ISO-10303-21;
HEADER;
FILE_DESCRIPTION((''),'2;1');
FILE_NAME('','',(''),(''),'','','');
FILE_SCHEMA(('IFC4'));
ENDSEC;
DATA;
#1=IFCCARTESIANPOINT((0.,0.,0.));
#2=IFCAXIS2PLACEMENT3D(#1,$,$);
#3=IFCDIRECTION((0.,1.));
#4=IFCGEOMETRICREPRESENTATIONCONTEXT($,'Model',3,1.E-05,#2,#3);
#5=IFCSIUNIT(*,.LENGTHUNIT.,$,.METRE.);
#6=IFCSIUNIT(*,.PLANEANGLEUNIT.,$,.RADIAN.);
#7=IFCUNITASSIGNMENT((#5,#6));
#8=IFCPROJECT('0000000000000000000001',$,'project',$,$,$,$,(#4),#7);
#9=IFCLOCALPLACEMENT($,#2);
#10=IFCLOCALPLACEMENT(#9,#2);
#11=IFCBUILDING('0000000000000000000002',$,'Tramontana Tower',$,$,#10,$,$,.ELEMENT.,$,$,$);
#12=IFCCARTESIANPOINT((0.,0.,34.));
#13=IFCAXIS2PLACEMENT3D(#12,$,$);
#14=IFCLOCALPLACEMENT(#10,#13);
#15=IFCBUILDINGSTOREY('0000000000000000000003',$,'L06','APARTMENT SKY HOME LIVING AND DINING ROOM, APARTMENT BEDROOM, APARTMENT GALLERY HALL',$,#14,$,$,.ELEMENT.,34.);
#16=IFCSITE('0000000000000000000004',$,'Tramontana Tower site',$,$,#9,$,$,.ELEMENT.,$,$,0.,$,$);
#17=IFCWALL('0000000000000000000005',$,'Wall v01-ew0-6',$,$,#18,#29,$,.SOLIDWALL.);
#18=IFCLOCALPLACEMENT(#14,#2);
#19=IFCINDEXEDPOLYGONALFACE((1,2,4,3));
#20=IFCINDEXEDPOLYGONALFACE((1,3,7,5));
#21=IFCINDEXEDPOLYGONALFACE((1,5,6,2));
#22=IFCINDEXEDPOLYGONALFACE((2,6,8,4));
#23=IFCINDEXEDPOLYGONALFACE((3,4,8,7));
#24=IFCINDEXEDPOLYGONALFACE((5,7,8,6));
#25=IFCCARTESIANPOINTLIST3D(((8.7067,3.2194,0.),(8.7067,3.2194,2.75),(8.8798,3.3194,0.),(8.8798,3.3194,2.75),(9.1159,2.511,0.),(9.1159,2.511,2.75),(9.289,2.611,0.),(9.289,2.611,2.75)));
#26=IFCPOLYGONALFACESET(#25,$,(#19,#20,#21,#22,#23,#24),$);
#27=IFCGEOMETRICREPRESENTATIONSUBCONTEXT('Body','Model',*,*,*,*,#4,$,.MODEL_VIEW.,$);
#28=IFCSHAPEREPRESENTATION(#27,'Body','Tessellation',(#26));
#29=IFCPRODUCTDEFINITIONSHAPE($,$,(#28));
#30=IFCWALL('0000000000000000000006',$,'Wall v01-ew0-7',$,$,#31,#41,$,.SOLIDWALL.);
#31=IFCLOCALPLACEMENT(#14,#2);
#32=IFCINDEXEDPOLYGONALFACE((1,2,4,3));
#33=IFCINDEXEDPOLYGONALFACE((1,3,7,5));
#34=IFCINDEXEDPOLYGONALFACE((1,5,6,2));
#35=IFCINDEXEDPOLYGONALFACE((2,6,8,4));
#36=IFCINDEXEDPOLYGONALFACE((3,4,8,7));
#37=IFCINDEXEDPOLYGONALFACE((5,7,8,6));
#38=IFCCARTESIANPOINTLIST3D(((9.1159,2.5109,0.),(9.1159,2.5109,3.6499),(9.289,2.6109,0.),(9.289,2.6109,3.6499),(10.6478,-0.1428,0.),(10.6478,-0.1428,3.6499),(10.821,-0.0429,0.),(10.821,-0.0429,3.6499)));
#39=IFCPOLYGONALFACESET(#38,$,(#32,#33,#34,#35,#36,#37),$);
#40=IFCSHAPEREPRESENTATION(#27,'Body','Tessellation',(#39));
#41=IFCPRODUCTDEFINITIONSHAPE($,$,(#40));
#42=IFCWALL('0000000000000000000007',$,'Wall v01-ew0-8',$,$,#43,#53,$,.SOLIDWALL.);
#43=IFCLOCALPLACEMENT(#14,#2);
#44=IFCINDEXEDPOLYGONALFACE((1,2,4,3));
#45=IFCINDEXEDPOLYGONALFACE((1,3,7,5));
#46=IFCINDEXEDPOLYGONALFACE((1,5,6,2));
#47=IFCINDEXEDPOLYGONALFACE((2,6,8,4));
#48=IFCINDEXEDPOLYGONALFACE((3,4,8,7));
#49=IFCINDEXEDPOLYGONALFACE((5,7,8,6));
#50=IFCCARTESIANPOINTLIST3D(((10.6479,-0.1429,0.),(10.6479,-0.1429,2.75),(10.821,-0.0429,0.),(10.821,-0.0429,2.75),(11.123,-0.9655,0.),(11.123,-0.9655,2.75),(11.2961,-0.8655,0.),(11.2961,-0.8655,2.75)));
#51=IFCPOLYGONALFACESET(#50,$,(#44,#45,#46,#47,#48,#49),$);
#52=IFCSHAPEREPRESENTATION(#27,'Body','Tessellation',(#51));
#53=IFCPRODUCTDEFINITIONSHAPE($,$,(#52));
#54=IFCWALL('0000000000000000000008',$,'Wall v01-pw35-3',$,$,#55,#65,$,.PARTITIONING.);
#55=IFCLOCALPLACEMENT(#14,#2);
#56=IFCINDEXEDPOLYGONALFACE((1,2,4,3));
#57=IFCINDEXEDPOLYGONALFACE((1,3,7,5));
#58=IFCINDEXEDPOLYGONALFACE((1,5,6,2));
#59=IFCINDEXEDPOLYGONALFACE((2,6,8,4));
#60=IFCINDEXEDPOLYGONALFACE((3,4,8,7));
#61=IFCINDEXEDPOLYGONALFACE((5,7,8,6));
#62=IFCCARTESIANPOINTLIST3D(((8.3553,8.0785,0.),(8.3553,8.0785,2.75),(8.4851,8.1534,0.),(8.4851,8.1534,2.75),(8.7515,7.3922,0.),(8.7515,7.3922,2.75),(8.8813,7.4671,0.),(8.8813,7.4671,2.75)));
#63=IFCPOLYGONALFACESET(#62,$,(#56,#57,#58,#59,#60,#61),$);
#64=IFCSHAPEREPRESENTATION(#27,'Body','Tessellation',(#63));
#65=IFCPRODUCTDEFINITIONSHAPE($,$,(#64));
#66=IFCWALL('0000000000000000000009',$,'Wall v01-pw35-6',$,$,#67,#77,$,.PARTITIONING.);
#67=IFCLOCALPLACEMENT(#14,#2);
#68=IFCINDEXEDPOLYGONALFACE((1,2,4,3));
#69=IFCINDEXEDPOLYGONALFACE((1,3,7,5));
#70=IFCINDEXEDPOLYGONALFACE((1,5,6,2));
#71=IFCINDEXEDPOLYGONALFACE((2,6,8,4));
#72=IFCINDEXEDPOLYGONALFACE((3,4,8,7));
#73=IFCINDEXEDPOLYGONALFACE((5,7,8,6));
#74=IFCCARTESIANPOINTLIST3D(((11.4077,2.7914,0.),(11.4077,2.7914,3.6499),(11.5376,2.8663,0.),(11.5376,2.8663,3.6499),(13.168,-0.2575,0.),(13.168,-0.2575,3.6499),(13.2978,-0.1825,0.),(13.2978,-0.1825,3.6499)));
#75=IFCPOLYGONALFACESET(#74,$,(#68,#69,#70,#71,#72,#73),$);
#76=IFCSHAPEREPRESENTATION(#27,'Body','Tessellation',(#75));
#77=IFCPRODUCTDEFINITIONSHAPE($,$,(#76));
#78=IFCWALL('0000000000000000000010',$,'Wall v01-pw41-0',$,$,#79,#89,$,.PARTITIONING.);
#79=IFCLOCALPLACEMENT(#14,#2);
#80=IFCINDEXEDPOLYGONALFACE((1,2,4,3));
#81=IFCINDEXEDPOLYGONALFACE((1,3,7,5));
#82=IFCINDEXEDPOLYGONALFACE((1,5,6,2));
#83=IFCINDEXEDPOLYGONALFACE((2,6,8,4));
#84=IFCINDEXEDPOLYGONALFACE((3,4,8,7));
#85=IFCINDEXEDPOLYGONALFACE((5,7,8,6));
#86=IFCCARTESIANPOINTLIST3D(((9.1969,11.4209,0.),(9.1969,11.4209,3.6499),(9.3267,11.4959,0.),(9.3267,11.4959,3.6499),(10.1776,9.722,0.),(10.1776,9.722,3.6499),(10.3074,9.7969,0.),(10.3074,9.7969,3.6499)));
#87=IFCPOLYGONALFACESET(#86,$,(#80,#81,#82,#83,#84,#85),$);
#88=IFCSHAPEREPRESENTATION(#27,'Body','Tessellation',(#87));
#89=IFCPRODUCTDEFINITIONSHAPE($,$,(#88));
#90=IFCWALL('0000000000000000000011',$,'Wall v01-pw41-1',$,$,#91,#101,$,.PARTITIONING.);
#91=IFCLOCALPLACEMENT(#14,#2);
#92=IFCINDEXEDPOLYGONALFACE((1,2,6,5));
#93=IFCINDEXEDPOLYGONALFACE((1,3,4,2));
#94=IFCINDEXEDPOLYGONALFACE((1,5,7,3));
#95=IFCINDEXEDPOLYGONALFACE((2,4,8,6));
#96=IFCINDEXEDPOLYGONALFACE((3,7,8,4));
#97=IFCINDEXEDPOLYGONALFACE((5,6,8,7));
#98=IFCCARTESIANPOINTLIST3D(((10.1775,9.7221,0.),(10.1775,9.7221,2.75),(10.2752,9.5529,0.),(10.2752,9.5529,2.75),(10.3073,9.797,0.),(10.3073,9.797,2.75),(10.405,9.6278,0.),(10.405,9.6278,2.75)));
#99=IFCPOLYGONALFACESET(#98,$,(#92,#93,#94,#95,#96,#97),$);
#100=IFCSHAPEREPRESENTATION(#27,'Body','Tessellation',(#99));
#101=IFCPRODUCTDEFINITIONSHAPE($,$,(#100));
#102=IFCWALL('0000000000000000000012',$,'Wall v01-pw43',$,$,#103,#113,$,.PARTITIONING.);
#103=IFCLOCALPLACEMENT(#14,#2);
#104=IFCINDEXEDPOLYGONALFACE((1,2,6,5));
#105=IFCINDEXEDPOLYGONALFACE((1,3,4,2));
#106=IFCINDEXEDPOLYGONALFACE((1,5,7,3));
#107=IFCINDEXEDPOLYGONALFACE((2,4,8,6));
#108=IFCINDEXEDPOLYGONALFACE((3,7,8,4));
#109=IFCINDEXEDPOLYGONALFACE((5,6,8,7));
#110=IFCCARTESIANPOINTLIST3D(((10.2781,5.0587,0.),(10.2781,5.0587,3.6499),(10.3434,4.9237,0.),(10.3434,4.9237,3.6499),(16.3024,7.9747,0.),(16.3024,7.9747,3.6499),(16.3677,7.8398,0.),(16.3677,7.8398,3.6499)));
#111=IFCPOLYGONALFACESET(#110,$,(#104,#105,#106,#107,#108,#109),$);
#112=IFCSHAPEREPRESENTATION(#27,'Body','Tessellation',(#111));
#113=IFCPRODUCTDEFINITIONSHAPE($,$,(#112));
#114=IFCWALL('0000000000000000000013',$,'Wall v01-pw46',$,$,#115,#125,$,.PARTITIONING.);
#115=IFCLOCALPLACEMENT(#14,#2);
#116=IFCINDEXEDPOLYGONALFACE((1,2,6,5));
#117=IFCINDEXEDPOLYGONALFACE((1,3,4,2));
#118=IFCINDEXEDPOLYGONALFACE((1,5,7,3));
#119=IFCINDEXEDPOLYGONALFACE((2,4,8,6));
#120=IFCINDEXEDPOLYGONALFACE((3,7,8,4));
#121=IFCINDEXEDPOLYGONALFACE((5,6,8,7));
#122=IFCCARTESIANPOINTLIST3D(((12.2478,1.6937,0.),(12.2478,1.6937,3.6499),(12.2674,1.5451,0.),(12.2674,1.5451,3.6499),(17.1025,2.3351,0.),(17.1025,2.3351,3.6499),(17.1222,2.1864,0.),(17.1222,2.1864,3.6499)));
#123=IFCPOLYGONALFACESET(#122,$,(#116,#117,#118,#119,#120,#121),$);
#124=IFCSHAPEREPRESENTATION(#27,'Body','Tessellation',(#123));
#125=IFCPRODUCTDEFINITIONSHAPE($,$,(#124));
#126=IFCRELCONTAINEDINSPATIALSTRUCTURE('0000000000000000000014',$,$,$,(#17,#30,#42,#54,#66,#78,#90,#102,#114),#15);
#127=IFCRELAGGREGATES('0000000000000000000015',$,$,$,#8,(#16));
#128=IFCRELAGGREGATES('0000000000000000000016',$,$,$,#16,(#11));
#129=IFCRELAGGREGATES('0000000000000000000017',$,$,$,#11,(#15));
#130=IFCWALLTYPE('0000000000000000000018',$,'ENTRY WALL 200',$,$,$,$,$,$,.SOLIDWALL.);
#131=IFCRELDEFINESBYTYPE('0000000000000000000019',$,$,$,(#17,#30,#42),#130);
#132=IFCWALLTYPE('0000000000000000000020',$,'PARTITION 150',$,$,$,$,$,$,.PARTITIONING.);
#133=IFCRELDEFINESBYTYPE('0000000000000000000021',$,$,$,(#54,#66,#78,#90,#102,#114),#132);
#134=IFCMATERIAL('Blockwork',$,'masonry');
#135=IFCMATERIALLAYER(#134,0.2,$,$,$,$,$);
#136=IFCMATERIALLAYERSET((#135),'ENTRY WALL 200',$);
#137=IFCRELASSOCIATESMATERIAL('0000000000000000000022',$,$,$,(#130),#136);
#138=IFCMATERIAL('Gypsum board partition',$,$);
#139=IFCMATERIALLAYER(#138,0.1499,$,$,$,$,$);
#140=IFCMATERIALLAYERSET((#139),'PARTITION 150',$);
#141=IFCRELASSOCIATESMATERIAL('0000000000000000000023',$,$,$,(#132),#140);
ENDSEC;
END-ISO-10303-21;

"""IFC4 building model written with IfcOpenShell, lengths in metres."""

from ifc_helpers import new_model, si_unit, direction, frame, frame_2d, origin, place, context, subcontext, project, spatial, rectangle, extrude, material, layer, layer_set, type_object, element, save


model = new_model("IFC4")

# Units and contexts
model_context = context("Model", 3, precision=1e-05, world=origin(), true_north=direction((0.0, 1.0)))
body_context = subcontext(model_context, "Body", "Model", "MODEL_VIEW")
ifc_project = project(units=[si_unit("LENGTHUNIT", "METRE"), si_unit("PLANEANGLEUNIT", "RADIAN")], contexts=[model_context])

# Site, building, storey
site_placement = place(None, origin())
site = spatial("IfcSite", under=ifc_project, at=site_placement, Name="Tramontana Tower site", CompositionType="ELEMENT", RefElevation=0.0)
building_placement = place(site_placement, origin())
building = spatial("IfcBuilding", under=site, at=building_placement, Name="Tramontana Tower", CompositionType="ELEMENT")
storey_placement = place(building_placement, frame((0.0, 0.0, 34.0)))
storey = spatial("IfcBuildingStorey", under=building, at=storey_placement, Name="L06", Description="APARTMENT SKY HOME LIVING AND DINING ROOM, APARTMENT BEDROOM, APARTMENT GALLERY HALL", CompositionType="ELEMENT", Elevation=34.0)

# Walls
ifc_material_1 = material(Name="Blockwork", Category="masonry")
ifc_layer_1 = layer(ifc_material_1, 0.2)
ifc_layer_set_1 = layer_set([ifc_layer_1], Name="ENTRY WALL 200")
wall_type_1 = type_object("IfcWallType", Name="ENTRY WALL 200", PredefinedType="SOLIDWALL", material=ifc_layer_set_1)
wall_1_placement = place(storey_placement, frame((8.7932, 3.2695, 0.0), z_axis=(0.0, 0.0, 1.0), x_axis=(0.500119, -0.865957, 0.0)))
element("IfcWall", 1, at=wall_1_placement, inside=storey, type_object=wall_type_1, Name="Wall v01-ew0-6", PredefinedType="SOLIDWALL", context=body_context, shape_type="SweptSolid", body=[
    extrude(rectangle(XDim=0.8181, YDim=0.2, at=frame_2d((0.4092, 0.0))), origin(), (0.0, 0.0, 1.0), 2.75),
])
wall_2_placement = place(storey_placement, frame((9.2024, 2.561, 0.0), z_axis=(0.0, 0.0, 1.0), x_axis=(0.499952, -0.866053, 0.0)))
element("IfcWall", 2, at=wall_2_placement, inside=storey, type_object=wall_type_1, Name="Wall v01-ew0-7", PredefinedType="SOLIDWALL", context=body_context, shape_type="SweptSolid", body=[
    extrude(rectangle(XDim=3.0642, YDim=0.2, at=frame_2d((1.5322, 0.0))), origin(), (0.0, 0.0, 1.0), 3.6499),
])
wall_3_placement = place(storey_placement, frame((10.7344, -0.0928, 0.0), z_axis=(0.0, 0.0, 1.0), x_axis=(0.500175, -0.865924, 0.0)))
element("IfcWall", 3, at=wall_3_placement, inside=storey, type_object=wall_type_1, Name="Wall v01-ew0-8", PredefinedType="SOLIDWALL", context=body_context, shape_type="SweptSolid", body=[
    extrude(rectangle(XDim=0.95, YDim=0.2, at=frame_2d((0.4751, 0.0))), origin(), (0.0, 0.0, 1.0), 2.75),
])
ifc_material_2 = material(Name="Gypsum board partition")
ifc_layer_2 = layer(ifc_material_2, 0.1499)
ifc_layer_set_2 = layer_set([ifc_layer_2], Name="PARTITION 150")
wall_type_2 = type_object("IfcWallType", Name="PARTITION 150", PredefinedType="PARTITIONING", material=ifc_layer_set_2)
wall_4_placement = place(storey_placement, frame((8.4202, 8.116, 0.0), z_axis=(0.0, 0.0, 1.0), x_axis=(0.500016, -0.866016, 0.0)))
element("IfcWall", 4, at=wall_4_placement, inside=storey, type_object=wall_type_2, Name="Wall v01-pw35-3", PredefinedType="PARTITIONING", context=body_context, shape_type="SweptSolid", body=[
    extrude(rectangle(XDim=0.7925, YDim=0.1499, at=frame_2d((0.3962, 0.0))), origin(), (0.0, 0.0, 1.0), 2.75),
])

# Wall
wall_5_placement = place(storey_placement, frame((11.4727, 2.8289, 0.0), z_axis=(0.0, 0.0, 1.0), x_axis=(0.500003, -0.866024, 0.0)))
element("IfcWall", 5, at=wall_5_placement, inside=storey, type_object=wall_type_2, Name="Wall v01-pw35-6", PredefinedType="PARTITIONING", context=body_context, shape_type="SweptSolid", body=[
    extrude(rectangle(XDim=3.5205, YDim=0.1499, at=frame_2d((1.7603, 0.0))), origin(), (0.0, 0.0, 1.0), 3.6499),
])

# Walls
wall_6_placement = place(storey_placement, frame((9.2617, 11.4585, 0.0), z_axis=(0.0, 0.0, 1.0), x_axis=(0.499927, -0.866067, 0.0)))
element("IfcWall", 6, at=wall_6_placement, inside=storey, type_object=wall_type_2, Name="Wall v01-pw41-0", PredefinedType="PARTITIONING", context=body_context, shape_type="SweptSolid", body=[
    extrude(rectangle(XDim=1.9617, YDim=0.1499, at=frame_2d((0.981, 0.0))), origin(), (0.0, 0.0, 1.0), 3.6499),
])
wall_7_placement = place(storey_placement, frame((10.2424, 9.7595, 0.0), z_axis=(0.0, 0.0, 1.0), x_axis=(0.499903, -0.866082, 0.0)))
element("IfcWall", 7, at=wall_7_placement, inside=storey, type_object=wall_type_2, Name="Wall v01-pw41-1", PredefinedType="PARTITIONING", context=body_context, shape_type="SweptSolid", body=[
    extrude(rectangle(XDim=0.1953, YDim=0.1499, at=frame_2d((0.0977, 0.0))), origin(), (0.0, 0.0, 1.0), 2.75),
])
wall_8_placement = place(storey_placement, frame((10.3108, 4.9912, 0.0), z_axis=(0.0, 0.0, 1.0), x_axis=(0.900095, 0.435693, 0.0)))
element("IfcWall", 8, at=wall_8_placement, inside=storey, type_object=wall_type_2, Name="Wall v01-pw43", PredefinedType="PARTITIONING", context=body_context, shape_type="SweptSolid", body=[
    extrude(rectangle(XDim=6.6929, YDim=0.1499, at=frame_2d((3.3464, 0.0))), origin(), (0.0, 0.0, 1.0), 3.6499),
])
wall_9_placement = place(storey_placement, frame((12.2576, 1.6194, 0.0), z_axis=(0.0, 0.0, 1.0), x_axis=(0.991386, 0.130972, 0.0)))
element("IfcWall", 9, at=wall_9_placement, inside=storey, type_object=wall_type_2, Name="Wall v01-pw46", PredefinedType="PARTITIONING", context=body_context, shape_type="SweptSolid", body=[
    extrude(rectangle(XDim=4.897, YDim=0.1499, at=frame_2d((2.4485, 0.0))), origin(), (0.0, 0.0, 1.0), 3.6499),
])

save(model, "model.ifc")
